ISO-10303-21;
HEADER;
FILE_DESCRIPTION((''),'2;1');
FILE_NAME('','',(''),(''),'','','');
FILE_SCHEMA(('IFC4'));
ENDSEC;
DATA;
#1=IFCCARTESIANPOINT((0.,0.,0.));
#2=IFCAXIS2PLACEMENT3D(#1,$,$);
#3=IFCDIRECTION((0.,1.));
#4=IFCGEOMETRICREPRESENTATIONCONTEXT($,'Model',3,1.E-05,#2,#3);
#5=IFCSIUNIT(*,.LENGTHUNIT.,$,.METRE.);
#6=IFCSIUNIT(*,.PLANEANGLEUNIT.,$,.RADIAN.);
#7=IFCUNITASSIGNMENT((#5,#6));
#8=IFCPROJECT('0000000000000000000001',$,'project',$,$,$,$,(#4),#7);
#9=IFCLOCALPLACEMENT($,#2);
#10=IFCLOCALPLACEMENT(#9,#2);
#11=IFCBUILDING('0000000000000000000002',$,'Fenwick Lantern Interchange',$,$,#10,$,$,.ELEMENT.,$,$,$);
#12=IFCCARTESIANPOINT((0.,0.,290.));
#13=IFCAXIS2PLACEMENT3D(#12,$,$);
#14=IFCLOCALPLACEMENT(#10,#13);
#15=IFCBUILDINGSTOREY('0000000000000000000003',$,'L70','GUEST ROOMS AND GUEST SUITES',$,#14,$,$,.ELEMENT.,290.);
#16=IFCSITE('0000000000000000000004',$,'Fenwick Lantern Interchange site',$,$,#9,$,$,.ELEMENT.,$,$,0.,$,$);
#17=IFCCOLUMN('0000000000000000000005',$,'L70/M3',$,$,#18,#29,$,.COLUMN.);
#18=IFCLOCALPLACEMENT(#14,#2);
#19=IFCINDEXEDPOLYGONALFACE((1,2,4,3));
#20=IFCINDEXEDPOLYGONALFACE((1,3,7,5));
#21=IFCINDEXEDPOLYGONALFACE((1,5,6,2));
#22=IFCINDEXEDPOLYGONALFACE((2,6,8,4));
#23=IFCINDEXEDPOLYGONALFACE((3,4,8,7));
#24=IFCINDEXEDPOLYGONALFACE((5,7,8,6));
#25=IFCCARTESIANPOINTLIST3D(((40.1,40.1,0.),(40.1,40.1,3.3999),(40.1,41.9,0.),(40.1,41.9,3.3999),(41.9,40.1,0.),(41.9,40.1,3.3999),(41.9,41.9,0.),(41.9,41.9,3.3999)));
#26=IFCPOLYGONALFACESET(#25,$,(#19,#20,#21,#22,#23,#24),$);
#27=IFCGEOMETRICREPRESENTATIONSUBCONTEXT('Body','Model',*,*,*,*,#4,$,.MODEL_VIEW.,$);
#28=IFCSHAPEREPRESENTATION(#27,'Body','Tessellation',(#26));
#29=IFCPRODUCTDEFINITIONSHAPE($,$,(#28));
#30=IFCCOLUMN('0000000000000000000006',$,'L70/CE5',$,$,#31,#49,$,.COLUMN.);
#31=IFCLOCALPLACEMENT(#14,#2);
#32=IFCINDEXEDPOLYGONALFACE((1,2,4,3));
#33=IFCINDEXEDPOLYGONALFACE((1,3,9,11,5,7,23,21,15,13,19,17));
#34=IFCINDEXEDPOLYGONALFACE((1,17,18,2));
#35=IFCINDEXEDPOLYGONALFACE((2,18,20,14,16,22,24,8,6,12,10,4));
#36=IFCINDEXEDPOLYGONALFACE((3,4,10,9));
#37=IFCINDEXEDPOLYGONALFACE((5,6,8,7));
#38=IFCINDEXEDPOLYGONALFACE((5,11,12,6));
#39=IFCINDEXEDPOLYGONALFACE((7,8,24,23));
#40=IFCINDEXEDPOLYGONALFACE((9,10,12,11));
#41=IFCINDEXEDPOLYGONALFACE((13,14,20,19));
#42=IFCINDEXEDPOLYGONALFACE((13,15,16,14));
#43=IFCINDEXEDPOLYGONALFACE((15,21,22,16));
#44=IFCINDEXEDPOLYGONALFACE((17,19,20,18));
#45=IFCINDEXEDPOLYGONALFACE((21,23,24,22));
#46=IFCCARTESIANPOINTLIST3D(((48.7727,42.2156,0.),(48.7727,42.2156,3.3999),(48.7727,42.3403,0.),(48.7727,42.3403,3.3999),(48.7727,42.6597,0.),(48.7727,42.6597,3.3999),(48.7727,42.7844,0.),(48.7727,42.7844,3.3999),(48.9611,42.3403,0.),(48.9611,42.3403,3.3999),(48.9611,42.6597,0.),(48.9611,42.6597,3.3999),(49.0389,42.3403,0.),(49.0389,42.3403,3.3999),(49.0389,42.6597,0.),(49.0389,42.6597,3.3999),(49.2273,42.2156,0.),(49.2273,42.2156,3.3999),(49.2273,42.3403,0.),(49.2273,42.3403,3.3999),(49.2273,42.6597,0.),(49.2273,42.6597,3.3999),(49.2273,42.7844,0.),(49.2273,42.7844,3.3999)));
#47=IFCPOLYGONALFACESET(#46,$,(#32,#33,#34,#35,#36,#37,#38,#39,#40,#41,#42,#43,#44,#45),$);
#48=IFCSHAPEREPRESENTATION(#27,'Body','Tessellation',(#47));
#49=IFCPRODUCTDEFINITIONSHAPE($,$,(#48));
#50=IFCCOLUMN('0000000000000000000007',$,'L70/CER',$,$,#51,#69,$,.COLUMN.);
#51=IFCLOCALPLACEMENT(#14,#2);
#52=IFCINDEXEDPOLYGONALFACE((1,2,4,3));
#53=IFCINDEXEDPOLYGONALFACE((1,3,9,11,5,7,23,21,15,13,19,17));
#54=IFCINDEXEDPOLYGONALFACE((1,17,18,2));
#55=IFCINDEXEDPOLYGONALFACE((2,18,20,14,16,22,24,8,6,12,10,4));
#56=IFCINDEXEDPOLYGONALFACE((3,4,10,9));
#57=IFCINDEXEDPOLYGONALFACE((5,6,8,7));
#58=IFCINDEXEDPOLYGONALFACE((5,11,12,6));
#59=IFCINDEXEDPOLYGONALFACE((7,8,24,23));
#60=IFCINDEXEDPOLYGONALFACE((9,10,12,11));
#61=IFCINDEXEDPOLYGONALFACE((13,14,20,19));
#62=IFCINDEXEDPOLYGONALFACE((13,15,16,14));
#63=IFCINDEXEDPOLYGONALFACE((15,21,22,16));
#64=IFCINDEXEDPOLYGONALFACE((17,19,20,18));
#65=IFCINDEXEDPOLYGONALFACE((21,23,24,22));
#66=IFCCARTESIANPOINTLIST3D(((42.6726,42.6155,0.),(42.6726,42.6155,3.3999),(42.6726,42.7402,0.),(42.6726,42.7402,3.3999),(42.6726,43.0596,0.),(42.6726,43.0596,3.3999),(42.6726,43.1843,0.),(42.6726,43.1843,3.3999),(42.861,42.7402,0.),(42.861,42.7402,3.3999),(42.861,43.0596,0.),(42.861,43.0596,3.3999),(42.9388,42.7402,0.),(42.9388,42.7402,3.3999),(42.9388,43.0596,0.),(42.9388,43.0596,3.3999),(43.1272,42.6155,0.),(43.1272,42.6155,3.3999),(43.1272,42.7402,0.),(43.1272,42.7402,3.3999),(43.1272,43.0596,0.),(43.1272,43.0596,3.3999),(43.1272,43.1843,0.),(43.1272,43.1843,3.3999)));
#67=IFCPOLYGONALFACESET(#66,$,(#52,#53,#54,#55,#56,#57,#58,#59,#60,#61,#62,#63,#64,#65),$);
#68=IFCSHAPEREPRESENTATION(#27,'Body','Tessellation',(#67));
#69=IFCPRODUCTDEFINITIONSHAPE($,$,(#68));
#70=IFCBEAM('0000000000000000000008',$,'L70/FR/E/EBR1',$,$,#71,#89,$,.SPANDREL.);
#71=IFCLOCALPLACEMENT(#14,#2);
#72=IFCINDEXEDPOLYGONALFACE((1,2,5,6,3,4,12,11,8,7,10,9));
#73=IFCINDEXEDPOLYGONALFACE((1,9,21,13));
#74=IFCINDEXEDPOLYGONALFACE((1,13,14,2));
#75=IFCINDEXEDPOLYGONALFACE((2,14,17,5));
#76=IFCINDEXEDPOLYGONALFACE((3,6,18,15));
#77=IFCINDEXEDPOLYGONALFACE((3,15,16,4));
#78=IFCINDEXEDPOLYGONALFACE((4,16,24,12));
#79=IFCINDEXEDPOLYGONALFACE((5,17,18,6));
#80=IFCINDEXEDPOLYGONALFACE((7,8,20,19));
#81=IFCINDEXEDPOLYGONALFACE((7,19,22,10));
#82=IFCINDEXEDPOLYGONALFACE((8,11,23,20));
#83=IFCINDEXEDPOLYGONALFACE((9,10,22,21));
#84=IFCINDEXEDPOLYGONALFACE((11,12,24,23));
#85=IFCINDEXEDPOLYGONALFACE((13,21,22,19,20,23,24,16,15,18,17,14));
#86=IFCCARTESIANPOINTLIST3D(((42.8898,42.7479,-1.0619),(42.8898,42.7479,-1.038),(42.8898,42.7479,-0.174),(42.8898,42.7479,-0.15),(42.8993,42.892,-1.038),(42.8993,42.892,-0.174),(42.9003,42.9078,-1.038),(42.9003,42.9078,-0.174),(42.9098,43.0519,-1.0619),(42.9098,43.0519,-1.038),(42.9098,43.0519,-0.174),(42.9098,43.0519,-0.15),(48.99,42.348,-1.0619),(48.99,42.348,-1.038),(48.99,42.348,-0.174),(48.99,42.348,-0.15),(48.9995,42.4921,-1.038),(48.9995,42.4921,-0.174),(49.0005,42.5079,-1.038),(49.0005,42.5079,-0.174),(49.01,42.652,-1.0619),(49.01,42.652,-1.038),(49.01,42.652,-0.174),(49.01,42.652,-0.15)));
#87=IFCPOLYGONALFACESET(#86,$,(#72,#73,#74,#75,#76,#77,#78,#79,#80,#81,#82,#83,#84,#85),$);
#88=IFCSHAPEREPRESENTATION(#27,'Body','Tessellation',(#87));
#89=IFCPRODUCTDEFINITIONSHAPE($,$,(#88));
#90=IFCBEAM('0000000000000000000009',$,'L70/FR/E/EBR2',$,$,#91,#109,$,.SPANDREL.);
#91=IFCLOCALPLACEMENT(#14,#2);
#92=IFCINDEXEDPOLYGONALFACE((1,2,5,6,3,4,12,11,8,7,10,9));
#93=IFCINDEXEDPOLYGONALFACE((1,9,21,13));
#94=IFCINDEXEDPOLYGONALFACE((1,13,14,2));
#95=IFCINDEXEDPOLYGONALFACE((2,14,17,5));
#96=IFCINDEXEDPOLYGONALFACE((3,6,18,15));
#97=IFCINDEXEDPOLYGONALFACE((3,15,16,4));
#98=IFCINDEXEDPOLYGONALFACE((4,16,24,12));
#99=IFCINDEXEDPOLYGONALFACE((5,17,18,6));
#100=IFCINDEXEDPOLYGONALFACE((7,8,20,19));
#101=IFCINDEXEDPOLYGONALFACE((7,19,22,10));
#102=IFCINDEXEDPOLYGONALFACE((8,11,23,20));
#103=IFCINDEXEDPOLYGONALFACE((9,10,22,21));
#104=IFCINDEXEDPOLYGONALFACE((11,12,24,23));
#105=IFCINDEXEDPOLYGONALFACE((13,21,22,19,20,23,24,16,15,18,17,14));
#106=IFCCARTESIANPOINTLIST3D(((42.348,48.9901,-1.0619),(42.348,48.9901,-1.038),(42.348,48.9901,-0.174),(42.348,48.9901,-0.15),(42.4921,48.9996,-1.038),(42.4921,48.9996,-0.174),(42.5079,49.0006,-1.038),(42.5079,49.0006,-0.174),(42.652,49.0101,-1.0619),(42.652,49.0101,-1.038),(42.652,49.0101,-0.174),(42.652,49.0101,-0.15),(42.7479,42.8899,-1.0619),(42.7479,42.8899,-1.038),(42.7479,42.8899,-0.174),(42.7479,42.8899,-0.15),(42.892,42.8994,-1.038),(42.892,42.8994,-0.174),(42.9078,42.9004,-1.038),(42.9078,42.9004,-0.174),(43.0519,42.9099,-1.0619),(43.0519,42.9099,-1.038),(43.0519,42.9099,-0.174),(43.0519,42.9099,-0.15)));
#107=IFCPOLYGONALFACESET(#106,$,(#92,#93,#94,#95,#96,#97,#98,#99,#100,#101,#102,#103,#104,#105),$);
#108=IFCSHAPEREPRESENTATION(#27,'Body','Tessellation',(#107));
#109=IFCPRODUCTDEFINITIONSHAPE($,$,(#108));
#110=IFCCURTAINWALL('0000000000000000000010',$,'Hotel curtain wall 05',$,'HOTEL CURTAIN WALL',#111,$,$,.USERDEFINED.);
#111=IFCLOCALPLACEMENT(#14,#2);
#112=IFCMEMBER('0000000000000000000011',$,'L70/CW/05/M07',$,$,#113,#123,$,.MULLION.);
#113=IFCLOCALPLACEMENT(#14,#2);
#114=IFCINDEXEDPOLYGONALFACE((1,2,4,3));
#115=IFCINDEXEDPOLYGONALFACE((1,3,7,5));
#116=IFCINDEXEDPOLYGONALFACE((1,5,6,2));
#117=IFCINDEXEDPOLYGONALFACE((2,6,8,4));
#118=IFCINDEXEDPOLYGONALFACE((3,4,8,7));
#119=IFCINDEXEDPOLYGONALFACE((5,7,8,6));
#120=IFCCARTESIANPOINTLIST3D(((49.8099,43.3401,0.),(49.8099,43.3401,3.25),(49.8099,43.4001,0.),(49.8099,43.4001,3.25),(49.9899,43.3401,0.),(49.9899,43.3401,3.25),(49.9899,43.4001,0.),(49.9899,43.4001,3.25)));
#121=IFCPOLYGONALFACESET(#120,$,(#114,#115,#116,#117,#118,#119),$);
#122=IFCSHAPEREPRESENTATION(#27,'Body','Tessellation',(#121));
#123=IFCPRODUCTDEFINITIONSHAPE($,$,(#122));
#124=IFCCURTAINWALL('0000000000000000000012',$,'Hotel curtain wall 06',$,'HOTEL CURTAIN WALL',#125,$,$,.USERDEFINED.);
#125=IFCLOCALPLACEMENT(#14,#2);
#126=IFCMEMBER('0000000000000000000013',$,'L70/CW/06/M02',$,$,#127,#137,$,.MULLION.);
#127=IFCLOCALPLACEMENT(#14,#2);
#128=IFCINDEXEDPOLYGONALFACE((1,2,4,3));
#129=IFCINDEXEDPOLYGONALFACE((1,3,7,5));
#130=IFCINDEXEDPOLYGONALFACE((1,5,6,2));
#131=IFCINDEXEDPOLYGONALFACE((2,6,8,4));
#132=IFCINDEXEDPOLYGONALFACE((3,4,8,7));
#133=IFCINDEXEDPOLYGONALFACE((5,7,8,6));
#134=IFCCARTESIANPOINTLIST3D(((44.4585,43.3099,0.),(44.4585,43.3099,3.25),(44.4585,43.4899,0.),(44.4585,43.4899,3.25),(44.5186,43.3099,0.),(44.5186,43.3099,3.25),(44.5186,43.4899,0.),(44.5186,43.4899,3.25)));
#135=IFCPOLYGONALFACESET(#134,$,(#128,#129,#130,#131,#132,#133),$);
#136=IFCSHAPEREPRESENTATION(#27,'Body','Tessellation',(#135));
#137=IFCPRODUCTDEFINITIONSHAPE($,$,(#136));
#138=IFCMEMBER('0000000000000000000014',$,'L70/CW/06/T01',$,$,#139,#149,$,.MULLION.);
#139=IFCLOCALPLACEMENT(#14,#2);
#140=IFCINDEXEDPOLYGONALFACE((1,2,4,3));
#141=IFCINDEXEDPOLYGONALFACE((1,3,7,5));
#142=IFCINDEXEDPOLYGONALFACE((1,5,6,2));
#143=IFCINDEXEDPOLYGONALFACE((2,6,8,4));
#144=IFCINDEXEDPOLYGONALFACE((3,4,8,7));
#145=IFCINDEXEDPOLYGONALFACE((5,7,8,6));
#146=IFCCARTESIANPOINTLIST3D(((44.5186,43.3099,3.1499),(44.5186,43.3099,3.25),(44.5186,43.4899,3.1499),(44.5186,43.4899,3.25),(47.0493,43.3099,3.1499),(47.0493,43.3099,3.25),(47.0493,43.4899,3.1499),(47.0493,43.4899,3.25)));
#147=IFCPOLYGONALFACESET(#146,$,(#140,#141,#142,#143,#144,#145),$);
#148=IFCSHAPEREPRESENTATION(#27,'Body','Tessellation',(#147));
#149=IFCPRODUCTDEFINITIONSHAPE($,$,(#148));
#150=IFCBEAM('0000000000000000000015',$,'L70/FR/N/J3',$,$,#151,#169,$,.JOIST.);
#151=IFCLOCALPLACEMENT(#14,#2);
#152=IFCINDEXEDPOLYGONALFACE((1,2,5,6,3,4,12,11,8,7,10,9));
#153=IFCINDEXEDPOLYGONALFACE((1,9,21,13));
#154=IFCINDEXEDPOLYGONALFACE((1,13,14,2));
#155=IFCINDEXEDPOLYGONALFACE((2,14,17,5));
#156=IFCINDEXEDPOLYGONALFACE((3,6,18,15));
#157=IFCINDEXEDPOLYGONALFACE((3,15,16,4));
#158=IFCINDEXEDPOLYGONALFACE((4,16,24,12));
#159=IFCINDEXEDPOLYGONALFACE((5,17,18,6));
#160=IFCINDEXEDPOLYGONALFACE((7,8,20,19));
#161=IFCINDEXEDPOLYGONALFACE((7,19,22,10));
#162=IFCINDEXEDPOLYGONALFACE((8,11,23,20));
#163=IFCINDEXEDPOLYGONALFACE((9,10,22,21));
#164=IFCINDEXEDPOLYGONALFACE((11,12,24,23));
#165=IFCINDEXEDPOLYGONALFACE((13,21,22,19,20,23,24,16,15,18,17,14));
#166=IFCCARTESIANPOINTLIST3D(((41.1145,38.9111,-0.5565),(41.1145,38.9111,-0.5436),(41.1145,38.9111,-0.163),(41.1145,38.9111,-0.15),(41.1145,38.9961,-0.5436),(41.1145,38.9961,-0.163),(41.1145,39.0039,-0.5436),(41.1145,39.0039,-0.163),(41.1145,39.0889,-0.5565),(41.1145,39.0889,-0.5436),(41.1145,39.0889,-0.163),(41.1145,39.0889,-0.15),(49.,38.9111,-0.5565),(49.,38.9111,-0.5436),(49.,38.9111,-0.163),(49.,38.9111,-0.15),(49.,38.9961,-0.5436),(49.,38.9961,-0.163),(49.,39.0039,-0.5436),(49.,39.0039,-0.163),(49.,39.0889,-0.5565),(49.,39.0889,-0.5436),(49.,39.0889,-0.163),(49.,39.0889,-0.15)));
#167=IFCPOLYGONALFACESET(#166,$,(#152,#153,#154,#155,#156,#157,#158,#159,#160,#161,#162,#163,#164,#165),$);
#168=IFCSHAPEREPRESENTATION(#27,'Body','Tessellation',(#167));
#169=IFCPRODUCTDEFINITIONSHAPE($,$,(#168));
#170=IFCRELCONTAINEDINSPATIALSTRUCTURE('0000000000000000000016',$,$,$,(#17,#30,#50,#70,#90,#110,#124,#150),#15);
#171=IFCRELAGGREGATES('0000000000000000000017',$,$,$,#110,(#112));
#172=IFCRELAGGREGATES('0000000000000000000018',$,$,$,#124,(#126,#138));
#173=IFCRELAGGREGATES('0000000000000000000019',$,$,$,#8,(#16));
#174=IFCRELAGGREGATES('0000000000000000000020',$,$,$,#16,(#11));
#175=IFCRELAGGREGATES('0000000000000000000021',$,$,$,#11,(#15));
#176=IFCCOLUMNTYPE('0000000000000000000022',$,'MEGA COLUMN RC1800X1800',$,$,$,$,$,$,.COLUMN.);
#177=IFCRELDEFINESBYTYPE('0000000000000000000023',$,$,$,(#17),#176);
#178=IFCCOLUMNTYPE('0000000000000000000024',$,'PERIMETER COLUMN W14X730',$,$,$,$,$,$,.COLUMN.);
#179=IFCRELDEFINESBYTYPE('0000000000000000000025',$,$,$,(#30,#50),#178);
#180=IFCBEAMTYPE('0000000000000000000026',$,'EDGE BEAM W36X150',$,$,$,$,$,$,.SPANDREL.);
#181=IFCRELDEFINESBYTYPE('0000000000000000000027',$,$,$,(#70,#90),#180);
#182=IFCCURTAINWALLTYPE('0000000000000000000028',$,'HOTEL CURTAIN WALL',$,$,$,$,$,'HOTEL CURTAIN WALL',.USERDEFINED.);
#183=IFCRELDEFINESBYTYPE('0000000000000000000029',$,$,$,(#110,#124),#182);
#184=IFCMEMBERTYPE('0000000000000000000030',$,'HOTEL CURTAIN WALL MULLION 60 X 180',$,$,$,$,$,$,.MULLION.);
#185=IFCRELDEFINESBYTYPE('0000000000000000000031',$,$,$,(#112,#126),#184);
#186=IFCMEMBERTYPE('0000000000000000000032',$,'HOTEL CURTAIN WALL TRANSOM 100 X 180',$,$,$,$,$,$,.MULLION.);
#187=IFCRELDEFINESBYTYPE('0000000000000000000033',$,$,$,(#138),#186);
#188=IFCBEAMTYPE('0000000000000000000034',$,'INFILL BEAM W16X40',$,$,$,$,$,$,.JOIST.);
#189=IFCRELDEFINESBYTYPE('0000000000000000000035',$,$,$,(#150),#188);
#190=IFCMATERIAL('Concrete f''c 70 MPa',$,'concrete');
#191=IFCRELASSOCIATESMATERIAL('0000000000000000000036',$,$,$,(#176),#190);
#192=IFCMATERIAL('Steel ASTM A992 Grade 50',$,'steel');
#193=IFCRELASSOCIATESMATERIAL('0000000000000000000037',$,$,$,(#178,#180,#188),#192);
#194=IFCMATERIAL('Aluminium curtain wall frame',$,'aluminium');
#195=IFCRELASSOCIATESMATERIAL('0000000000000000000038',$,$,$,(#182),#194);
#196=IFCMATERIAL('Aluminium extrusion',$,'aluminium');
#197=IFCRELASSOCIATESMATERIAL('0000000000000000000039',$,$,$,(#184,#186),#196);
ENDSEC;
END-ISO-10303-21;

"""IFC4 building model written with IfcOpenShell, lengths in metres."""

from ifc_helpers import new_model, si_unit, direction, frame, origin, origin_2d, place, context, subcontext, project, spatial, rectangle, i_section, extrude, material, material_profile, profile_set, type_object, element, aggregate, save


model = new_model("IFC4")

# Units and contexts
model_context = context("Model", 3, precision=1e-05, world=origin(), true_north=direction((0.0, 1.0)))
body_context = subcontext(model_context, "Body", "Model", "MODEL_VIEW")
ifc_project = project(units=[si_unit("LENGTHUNIT", "METRE"), si_unit("PLANEANGLEUNIT", "RADIAN")], contexts=[model_context])

# Site, building, storey
site_placement = place(None, origin())
site = spatial("IfcSite", under=ifc_project, at=site_placement, Name="Fenwick Lantern Interchange site", CompositionType="ELEMENT", RefElevation=0.0)
building_placement = place(site_placement, origin())
building = spatial("IfcBuilding", under=site, at=building_placement, Name="Fenwick Lantern Interchange", CompositionType="ELEMENT")
storey_placement = place(building_placement, frame((0.0, 0.0, 290.0)))
storey = spatial("IfcBuildingStorey", under=building, at=storey_placement, Name="L70", Description="GUEST ROOMS AND GUEST SUITES", CompositionType="ELEMENT", Elevation=290.0)

# Columns
ifc_material_1 = material(Name="Concrete f'c 70 MPa", Category="concrete")
ifc_material_profile_1 = material_profile(ifc_material_1, rectangle(XDim=1.8, YDim=1.8, at=origin_2d()), Name="RC1800X1800")
ifc_profile_set_1 = profile_set([ifc_material_profile_1], Name="Concrete f'c 70 MPa")
column_type_1 = type_object("IfcColumnType", Name="MEGA COLUMN RC1800X1800", PredefinedType="COLUMN", material=ifc_profile_set_1)
column_placement = place(storey_placement, frame((41.0, 41.0, 0.0), z_axis=(0.0, 0.0, 1.0), x_axis=(1.0, 0.0, 0.0)))
element("IfcColumn", 1, at=column_placement, inside=storey, type_object=column_type_1, Name="L70/M3", PredefinedType="COLUMN", context=body_context, shape_type="SweptSolid", body=[
    extrude(rectangle(XDim=1.8, YDim=1.8, at=origin_2d()), origin(), (0.0, 0.0, 1.0), 3.3999),
])
ifc_material_2 = material(Name="Steel ASTM A992 Grade 50", Category="steel")
ifc_material_profile_2 = material_profile(ifc_material_2, i_section(OverallWidth=0.4546, OverallDepth=0.5688, WebThickness=0.0779, FlangeThickness=0.1248, at=origin_2d()), Name="W14X730")
ifc_profile_set_2 = profile_set([ifc_material_profile_2], Name="Steel ASTM A992 Grade 50")
column_type_2 = type_object("IfcColumnType", Name="PERIMETER COLUMN W14X730", PredefinedType="COLUMN", material=ifc_profile_set_2)
for number, where, z_axis, x_axis, name in (
    (2, (49.0, 42.5, 0.0), (0.0, 0.0, 1.0), (1.0, 0.0, 0.0), "L70/CE5"),
    (3, (42.8999, 42.8999, 0.0), (0.0, 0.0, 1.0), (1.0, 0.0, 0.0), "L70/CER"),
):
    element("IfcColumn", number, at=place(storey_placement, frame(where, z_axis=z_axis, x_axis=x_axis)), inside=storey, type_object=column_type_2, Name=name, PredefinedType="COLUMN", context=body_context, shape_type="SweptSolid", body=[
        extrude(i_section(OverallWidth=0.4546, OverallDepth=0.5688, WebThickness=0.0779, FlangeThickness=0.1248, at=origin_2d()), origin(), (0.0, 0.0, 1.0), 3.3999),
    ])

# Beams
ifc_material_profile_3 = material_profile(ifc_material_2, i_section(OverallWidth=0.3047, OverallDepth=0.9119, WebThickness=0.0159, FlangeThickness=0.0239, at=origin_2d()), Name="W36X150")
ifc_profile_set_3 = profile_set([ifc_material_profile_3], Name="Steel ASTM A992 Grade 50")
beam_type_1 = type_object("IfcBeamType", Name="EDGE BEAM W36X150", PredefinedType="SPANDREL", material=ifc_profile_set_3)
for number, where, z_axis, x_axis, name in (
    (4, (49.0, 42.5, -0.606), (-0.997858, 0.065416, 0.0), (-0.065416, -0.997858, 0.0), "L70/FR/E/EBR1"),
    (5, (42.8999, 42.8999, -0.606), (-0.065416, 0.997858, 0.0), (-0.997858, -0.065416, 0.0), "L70/FR/E/EBR2"),
):
    element("IfcBeam", number, at=place(storey_placement, frame(where, z_axis=z_axis, x_axis=x_axis)), inside=storey, type_object=beam_type_1, Name=name, PredefinedType="SPANDREL", context=body_context, shape_type="SweptSolid", body=[
        extrude(i_section(OverallWidth=0.3047, OverallDepth=0.9119, WebThickness=0.0159, FlangeThickness=0.0239, at=origin_2d()), origin(), (0.0, 0.0, 1.0), 6.1133),
    ])

# Curtain wall, member
ifc_material_3 = material(Name="Aluminium curtain wall frame", Category="aluminium")
curtain_wall_type = type_object("IfcCurtainWallType", Name="HOTEL CURTAIN WALL", ElementType="HOTEL CURTAIN WALL", PredefinedType="USERDEFINED", material=ifc_material_3)
curtain_wall_1_placement = place(storey_placement, origin())
curtain_wall_1 = element("IfcCurtainWall", 6, at=curtain_wall_1_placement, inside=storey, type_object=curtain_wall_type, Name="Hotel curtain wall 05", ObjectType="HOTEL CURTAIN WALL", PredefinedType="USERDEFINED")
ifc_material_4 = material(Name="Aluminium extrusion", Category="aluminium")
ifc_material_profile_4 = material_profile(ifc_material_4, rectangle(XDim=0.1799, YDim=0.0601, at=origin_2d()), Name="HOTEL CURTAIN WALL MULLION 60 X 180")
ifc_profile_set_4 = profile_set([ifc_material_profile_4], Name="Aluminium extrusion")
member_type_1 = type_object("IfcMemberType", Name="HOTEL CURTAIN WALL MULLION 60 X 180", PredefinedType="MULLION", material=ifc_profile_set_4)
member_1_placement = place(storey_placement, frame((49.8999, 43.3701, 0.0), z_axis=(0.0, 0.0, 1.0), x_axis=(-1.0, 0.0, 0.0)))
member_1 = element("IfcMember", 7, at=member_1_placement, type_object=member_type_1, Name="L70/CW/05/M07", PredefinedType="MULLION", context=body_context, shape_type="SweptSolid", body=[
    extrude(rectangle(XDim=0.1799, YDim=0.0601, at=origin_2d()), origin(), (0.0, 0.0, 1.0), 3.25),
])
aggregate(curtain_wall_1, [member_1])

# Curtain wall, members
curtain_wall_2_placement = place(storey_placement, origin())
curtain_wall_2 = element("IfcCurtainWall", 8, at=curtain_wall_2_placement, inside=storey, type_object=curtain_wall_type, Name="Hotel curtain wall 06", ObjectType="HOTEL CURTAIN WALL", PredefinedType="USERDEFINED")
member_2_placement = place(storey_placement, frame((44.4885, 43.3999, 0.0), z_axis=(0.0, 0.0, 1.0), x_axis=(0.0, -1.0, 0.0)))
member_2 = element("IfcMember", 9, at=member_2_placement, type_object=member_type_1, Name="L70/CW/06/M02", PredefinedType="MULLION", context=body_context, shape_type="SweptSolid", body=[
    extrude(rectangle(XDim=0.1799, YDim=0.0601, at=origin_2d()), origin(), (0.0, 0.0, 1.0), 3.25),
])
ifc_material_profile_5 = material_profile(ifc_material_4, rectangle(XDim=0.1799, YDim=0.1001, at=origin_2d()), Name="HOTEL CURTAIN WALL TRANSOM 100 X 180")
ifc_profile_set_5 = profile_set([ifc_material_profile_5], Name="Aluminium extrusion")
member_type_2 = type_object("IfcMemberType", Name="HOTEL CURTAIN WALL TRANSOM 100 X 180", PredefinedType="MULLION", material=ifc_profile_set_5)
member_3_placement = place(storey_placement, frame((47.0493, 43.3999, 3.2), z_axis=(-1.0, 0.0, 0.0), x_axis=(0.0, -1.0, 0.0)))
member_3 = element("IfcMember", 10, at=member_3_placement, type_object=member_type_2, Name="L70/CW/06/T01", PredefinedType="MULLION", context=body_context, shape_type="SweptSolid", body=[
    extrude(rectangle(XDim=0.1799, YDim=0.1001, at=origin_2d()), origin(), (0.0, 0.0, 1.0), 2.5308),
])

# Beam
ifc_material_profile_6 = material_profile(ifc_material_2, i_section(OverallWidth=0.1777, OverallDepth=0.4065, WebThickness=0.0078, FlangeThickness=0.0129, at=origin_2d()), Name="W16X40")
ifc_profile_set_6 = profile_set([ifc_material_profile_6], Name="Steel ASTM A992 Grade 50")
beam_type_2 = type_object("IfcBeamType", Name="INFILL BEAM W16X40", PredefinedType="JOIST", material=ifc_profile_set_6)
beam_1_placement = place(storey_placement, frame((49.0, 39.0, -0.3533), z_axis=(-1.0, 0.0, 0.0), x_axis=(0.0, -1.0, 0.0)))
element("IfcBeam", 11, at=beam_1_placement, inside=storey, type_object=beam_type_2, Name="L70/FR/N/J3", PredefinedType="JOIST", context=body_context, shape_type="SweptSolid", body=[
    extrude(i_section(OverallWidth=0.1777, OverallDepth=0.4065, WebThickness=0.0078, FlangeThickness=0.0129, at=origin_2d()), origin(), (0.0, 0.0, 1.0), 7.8855),
])

aggregate(curtain_wall_2, [member_2, member_3])

save(model, "model.ifc")
